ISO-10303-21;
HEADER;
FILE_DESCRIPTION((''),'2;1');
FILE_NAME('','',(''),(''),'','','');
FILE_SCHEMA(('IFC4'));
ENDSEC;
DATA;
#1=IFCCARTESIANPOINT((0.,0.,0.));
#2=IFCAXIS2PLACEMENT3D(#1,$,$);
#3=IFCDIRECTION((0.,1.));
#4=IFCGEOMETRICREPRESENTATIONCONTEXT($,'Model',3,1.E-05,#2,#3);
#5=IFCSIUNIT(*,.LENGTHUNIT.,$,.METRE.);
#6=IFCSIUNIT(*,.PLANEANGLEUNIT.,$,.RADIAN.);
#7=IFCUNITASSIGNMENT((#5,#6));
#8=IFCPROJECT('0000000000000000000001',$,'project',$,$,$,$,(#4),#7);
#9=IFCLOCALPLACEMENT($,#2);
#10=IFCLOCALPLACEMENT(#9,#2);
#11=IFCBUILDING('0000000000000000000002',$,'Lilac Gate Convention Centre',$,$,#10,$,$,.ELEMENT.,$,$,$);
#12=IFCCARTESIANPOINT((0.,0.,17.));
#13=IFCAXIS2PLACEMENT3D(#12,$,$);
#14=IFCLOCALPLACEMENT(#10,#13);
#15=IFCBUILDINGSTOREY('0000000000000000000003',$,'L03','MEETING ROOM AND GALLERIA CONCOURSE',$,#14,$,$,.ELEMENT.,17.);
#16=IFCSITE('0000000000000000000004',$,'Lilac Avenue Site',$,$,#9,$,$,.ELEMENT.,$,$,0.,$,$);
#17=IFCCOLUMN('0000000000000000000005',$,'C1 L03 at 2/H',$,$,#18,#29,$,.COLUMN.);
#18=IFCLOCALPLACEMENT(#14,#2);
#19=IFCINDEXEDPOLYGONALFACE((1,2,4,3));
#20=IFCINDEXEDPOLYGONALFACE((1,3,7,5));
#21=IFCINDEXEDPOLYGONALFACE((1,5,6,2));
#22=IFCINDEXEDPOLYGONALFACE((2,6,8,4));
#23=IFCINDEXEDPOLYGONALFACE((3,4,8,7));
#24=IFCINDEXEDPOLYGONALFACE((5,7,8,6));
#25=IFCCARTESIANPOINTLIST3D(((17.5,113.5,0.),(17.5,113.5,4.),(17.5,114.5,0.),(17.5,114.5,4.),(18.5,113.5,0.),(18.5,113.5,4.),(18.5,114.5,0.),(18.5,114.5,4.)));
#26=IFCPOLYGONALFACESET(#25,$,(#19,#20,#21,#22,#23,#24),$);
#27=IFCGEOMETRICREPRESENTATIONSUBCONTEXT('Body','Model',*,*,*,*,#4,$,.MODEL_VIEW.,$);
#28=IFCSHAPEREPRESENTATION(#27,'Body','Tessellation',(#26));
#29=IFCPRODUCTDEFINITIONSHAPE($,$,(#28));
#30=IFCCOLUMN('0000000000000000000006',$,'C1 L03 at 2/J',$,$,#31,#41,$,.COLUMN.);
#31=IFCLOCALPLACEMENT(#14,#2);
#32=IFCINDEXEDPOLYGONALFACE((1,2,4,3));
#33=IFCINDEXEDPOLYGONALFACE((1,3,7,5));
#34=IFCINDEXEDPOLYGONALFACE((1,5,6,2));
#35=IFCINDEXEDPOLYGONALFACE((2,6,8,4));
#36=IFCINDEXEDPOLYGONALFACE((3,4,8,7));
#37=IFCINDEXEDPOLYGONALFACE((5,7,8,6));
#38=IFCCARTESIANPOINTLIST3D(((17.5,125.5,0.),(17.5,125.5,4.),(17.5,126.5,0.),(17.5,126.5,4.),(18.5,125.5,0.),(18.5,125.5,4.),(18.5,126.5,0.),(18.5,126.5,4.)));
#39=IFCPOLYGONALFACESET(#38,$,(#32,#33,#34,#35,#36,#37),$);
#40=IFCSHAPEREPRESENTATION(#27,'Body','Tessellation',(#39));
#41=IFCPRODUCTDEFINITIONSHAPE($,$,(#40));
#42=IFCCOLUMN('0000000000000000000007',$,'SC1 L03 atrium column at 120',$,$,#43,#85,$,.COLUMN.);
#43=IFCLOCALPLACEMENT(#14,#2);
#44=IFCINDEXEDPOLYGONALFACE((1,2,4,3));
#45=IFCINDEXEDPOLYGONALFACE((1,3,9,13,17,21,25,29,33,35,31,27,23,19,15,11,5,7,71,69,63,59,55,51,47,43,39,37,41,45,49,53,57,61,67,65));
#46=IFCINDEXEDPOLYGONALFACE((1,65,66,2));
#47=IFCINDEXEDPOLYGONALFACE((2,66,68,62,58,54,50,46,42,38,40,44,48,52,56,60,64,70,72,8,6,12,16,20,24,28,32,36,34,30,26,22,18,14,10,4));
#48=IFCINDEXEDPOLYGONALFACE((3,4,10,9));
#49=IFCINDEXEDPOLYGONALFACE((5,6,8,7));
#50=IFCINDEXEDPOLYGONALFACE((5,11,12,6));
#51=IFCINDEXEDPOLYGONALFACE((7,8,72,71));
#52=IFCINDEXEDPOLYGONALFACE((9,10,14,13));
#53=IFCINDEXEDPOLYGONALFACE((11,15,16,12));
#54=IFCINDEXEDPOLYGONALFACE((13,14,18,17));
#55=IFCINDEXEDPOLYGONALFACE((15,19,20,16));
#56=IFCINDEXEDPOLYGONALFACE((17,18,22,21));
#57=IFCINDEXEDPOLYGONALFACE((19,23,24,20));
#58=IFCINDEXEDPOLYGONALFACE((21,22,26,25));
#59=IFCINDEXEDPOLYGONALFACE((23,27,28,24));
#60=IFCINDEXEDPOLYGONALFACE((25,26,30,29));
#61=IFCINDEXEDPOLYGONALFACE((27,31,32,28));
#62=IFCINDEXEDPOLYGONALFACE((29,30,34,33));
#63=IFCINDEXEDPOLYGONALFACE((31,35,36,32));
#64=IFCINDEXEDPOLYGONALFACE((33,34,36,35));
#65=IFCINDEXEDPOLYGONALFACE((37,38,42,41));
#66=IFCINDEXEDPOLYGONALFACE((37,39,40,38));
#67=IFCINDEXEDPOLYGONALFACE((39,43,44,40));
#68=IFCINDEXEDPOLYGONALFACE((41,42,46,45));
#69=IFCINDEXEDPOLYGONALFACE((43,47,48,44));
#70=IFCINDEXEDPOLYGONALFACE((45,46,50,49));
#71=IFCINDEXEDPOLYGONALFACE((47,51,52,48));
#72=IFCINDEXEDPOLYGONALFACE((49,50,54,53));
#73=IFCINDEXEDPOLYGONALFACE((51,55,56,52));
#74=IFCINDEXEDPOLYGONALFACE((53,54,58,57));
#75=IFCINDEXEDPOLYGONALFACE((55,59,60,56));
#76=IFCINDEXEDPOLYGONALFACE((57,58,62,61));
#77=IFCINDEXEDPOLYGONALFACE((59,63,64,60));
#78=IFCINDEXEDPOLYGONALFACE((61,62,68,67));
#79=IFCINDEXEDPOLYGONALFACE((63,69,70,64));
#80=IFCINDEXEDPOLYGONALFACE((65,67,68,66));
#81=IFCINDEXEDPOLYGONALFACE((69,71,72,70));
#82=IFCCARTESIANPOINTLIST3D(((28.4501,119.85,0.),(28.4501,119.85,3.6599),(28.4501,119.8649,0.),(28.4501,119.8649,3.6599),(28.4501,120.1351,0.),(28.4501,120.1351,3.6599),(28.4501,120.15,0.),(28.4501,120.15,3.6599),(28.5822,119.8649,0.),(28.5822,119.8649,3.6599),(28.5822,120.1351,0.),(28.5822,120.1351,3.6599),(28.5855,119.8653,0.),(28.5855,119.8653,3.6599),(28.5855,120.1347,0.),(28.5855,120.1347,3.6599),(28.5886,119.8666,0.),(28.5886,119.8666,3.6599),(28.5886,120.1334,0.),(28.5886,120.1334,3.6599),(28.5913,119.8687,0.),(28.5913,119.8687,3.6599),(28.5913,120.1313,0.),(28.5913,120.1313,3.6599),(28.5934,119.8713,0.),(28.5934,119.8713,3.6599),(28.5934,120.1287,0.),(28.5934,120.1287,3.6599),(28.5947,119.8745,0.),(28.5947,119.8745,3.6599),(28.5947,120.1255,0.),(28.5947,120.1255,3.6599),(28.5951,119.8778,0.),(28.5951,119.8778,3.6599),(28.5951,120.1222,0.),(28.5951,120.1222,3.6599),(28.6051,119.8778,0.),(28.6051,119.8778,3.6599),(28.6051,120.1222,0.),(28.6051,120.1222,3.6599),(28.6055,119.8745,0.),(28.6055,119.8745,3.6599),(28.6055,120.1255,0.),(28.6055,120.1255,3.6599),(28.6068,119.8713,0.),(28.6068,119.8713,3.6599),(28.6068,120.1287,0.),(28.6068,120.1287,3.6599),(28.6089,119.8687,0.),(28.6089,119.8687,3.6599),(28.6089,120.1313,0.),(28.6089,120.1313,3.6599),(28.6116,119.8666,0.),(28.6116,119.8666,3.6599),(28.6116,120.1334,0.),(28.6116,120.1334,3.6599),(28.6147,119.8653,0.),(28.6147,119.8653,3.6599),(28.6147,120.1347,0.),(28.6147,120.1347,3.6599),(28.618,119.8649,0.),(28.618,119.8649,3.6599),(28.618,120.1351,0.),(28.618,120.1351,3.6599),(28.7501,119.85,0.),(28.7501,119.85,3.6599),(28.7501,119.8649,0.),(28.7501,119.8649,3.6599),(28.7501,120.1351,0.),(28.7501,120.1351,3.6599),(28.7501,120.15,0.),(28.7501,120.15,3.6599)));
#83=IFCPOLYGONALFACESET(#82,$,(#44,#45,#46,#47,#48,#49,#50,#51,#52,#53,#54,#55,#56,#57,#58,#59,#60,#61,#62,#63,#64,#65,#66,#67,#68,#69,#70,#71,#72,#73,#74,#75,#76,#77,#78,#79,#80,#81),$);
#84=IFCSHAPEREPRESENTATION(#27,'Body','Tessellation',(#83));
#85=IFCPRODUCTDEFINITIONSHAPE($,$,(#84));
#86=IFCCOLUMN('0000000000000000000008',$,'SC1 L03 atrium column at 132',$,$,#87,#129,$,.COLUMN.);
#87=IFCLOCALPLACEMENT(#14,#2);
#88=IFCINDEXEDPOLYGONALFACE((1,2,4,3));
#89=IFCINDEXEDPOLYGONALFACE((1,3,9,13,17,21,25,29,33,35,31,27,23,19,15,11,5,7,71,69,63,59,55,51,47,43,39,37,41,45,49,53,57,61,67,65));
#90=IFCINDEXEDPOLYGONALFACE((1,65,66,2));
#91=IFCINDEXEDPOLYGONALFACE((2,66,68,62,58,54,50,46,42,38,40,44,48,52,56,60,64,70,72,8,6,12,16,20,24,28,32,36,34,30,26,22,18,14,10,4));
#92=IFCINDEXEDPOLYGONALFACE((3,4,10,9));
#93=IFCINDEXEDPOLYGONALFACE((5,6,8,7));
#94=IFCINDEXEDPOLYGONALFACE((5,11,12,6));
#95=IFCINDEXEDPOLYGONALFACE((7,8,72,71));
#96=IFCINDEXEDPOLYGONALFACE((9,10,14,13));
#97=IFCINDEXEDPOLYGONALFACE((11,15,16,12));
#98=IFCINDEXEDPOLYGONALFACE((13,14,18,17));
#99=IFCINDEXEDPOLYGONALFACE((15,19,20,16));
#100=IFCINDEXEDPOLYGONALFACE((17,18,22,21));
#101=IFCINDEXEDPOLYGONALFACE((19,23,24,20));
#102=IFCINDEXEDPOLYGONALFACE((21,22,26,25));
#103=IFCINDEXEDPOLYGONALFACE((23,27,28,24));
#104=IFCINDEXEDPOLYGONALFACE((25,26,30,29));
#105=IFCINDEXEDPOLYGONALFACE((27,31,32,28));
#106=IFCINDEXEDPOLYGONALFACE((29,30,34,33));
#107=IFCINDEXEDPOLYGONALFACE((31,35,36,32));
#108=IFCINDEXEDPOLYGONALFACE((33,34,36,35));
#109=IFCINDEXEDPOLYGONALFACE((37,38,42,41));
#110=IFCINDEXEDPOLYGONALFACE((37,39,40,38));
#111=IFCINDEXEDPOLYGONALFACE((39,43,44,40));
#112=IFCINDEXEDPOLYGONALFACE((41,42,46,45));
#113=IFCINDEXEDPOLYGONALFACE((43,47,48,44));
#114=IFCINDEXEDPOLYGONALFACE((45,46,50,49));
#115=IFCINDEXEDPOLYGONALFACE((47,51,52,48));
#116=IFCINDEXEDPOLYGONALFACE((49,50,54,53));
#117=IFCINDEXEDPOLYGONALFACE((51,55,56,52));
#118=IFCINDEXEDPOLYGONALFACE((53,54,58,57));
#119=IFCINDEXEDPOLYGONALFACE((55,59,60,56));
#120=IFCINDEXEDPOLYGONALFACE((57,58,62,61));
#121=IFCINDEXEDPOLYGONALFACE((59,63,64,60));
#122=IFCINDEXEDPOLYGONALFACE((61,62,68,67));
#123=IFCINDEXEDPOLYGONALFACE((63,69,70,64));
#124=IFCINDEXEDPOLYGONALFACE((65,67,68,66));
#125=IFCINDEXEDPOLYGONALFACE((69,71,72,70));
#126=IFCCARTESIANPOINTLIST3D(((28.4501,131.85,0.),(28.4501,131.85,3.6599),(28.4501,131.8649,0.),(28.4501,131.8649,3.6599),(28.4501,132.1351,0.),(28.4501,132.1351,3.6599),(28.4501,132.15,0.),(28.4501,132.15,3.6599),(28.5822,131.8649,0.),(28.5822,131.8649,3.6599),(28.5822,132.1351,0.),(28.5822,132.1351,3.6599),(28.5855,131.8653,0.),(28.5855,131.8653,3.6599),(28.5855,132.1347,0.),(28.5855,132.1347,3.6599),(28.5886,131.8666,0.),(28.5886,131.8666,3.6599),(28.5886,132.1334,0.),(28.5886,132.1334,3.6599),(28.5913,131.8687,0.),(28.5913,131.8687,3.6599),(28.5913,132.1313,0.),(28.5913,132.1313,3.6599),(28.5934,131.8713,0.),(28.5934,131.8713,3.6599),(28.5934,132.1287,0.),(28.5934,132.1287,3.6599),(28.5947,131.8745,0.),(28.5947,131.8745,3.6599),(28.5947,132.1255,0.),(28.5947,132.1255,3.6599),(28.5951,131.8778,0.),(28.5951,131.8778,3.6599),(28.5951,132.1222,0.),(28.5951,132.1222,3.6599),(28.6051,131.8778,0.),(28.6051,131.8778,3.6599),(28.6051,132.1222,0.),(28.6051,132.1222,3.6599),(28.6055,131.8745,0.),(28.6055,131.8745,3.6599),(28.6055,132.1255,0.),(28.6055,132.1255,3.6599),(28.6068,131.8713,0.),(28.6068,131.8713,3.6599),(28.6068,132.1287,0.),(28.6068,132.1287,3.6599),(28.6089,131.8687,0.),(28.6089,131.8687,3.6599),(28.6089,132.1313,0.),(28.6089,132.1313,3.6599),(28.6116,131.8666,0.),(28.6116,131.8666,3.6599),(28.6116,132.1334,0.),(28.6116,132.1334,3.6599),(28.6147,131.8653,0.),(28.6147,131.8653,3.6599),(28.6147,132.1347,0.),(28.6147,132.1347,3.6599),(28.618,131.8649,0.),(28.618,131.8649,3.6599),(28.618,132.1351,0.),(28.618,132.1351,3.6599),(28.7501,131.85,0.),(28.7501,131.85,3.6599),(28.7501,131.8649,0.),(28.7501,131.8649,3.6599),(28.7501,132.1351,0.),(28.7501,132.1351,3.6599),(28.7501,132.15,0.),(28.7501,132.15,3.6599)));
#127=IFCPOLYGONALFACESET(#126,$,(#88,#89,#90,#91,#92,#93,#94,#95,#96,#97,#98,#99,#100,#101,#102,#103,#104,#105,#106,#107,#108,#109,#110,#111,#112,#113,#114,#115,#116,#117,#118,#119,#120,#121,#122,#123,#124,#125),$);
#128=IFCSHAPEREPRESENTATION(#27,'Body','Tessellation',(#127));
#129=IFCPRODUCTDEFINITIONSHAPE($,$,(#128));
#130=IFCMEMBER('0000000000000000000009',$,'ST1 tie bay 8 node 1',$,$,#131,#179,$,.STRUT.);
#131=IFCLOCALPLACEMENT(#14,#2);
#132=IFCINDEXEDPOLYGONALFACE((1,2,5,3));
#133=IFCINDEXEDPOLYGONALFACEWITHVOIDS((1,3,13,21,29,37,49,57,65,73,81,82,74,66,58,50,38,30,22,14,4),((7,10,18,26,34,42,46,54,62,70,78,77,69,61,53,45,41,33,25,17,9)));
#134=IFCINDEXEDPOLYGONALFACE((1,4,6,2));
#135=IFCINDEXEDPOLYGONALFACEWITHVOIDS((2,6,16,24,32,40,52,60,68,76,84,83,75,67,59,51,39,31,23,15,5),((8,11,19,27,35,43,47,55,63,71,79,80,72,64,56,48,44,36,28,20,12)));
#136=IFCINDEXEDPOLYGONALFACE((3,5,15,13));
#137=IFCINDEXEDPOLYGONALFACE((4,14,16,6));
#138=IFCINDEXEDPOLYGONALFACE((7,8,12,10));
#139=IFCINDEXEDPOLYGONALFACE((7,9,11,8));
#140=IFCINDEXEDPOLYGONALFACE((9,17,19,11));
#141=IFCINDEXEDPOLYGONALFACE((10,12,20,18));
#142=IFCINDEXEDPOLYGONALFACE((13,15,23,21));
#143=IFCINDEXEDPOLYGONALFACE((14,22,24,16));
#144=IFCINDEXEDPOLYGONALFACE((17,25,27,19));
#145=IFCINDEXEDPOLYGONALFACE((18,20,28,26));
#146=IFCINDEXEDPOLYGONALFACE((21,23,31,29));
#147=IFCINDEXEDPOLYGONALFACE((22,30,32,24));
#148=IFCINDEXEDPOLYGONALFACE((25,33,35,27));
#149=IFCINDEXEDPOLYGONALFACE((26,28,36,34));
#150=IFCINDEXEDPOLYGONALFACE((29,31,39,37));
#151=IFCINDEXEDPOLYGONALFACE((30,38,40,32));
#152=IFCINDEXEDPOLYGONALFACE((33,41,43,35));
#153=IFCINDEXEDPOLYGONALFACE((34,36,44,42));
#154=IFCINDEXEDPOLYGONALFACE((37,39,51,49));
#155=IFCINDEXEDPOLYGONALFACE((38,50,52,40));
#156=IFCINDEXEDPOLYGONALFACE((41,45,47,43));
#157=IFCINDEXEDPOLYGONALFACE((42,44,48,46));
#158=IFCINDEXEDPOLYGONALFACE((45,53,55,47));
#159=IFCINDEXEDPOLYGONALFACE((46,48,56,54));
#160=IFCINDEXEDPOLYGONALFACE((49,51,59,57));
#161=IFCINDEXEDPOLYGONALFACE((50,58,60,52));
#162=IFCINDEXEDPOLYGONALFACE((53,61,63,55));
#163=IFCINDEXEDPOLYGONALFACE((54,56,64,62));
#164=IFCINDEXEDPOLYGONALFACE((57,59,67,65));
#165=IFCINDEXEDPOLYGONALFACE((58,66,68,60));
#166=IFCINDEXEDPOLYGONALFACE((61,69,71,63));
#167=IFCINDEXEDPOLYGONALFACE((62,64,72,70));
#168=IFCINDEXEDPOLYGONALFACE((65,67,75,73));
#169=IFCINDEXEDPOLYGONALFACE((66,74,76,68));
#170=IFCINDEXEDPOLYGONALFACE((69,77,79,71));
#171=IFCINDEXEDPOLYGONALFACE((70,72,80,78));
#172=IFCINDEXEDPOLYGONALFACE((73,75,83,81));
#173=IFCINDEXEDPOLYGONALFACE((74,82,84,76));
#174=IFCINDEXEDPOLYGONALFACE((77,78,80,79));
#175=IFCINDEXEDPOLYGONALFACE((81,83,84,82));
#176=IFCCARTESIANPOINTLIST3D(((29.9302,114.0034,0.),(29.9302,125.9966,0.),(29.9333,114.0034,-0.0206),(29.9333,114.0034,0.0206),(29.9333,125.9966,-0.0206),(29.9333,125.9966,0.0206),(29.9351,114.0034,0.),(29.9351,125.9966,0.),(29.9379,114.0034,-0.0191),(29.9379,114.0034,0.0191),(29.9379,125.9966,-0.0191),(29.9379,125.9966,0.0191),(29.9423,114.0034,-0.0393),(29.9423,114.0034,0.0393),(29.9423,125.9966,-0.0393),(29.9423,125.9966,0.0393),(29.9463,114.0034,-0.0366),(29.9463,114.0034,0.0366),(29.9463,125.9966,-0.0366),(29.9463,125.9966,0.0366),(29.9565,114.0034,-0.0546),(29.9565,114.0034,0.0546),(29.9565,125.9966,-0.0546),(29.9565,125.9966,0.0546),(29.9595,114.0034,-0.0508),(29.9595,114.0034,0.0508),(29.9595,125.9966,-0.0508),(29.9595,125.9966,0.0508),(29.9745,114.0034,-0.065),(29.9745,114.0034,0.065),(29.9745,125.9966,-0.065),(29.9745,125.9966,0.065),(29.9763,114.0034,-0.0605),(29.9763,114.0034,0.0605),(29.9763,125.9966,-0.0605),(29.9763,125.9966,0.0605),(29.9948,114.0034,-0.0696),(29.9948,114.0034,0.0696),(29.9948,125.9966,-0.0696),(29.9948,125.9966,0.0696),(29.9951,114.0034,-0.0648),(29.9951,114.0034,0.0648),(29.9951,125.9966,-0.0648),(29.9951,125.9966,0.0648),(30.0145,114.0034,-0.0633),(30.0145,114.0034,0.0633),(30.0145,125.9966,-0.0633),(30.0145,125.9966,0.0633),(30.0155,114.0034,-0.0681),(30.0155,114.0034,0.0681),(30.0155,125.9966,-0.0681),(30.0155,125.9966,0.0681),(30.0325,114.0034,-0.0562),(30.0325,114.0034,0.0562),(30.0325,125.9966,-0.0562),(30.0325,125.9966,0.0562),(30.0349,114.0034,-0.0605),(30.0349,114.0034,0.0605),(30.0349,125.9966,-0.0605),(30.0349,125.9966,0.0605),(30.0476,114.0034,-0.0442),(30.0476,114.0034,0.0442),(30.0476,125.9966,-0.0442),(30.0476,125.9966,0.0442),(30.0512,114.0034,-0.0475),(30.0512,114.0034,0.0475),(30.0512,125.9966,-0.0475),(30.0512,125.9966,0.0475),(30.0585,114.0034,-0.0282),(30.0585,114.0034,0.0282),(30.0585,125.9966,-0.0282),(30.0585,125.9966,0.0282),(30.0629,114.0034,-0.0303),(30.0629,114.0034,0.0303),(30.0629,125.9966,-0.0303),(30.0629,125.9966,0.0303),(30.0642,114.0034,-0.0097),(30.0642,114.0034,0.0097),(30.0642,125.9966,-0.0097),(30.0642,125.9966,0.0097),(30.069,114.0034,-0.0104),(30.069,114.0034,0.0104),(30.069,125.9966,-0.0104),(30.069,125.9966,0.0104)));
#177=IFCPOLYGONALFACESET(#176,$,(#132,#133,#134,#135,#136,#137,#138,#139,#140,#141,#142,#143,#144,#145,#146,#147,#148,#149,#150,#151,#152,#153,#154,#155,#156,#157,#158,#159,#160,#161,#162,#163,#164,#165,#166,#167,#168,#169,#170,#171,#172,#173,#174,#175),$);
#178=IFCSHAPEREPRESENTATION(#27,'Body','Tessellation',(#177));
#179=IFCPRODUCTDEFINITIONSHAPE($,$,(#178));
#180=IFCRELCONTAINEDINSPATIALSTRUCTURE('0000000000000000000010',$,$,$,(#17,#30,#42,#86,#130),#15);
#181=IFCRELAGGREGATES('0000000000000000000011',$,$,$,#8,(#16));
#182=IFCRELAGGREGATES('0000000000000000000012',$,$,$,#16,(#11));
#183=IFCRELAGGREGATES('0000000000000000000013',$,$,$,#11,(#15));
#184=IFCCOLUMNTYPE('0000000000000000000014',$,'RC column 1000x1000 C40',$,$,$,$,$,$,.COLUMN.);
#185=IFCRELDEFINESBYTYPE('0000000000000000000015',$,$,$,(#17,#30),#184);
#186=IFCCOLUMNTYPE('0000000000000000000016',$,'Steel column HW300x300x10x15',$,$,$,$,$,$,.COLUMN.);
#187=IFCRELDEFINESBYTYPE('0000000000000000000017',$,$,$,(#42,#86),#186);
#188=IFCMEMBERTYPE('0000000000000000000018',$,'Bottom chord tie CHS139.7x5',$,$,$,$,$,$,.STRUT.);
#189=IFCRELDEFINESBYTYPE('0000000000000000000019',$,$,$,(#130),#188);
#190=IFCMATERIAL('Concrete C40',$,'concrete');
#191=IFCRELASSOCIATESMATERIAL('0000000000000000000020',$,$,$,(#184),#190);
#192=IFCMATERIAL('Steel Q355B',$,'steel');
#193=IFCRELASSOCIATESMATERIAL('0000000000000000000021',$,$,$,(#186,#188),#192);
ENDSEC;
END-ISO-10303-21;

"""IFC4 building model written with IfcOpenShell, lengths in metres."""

from ifc_helpers import new_model, si_unit, direction, frame, origin, origin_2d, place, context, subcontext, project, spatial, rectangle, hollow_circle, i_section, extrude, material, material_profile, profile_set, type_object, element, save


model = new_model("IFC4")

# Units and contexts
model_context = context("Model", 3, precision=1e-05, world=origin(), true_north=direction((0.0, 1.0)))
body_context = subcontext(model_context, "Body", "Model", "MODEL_VIEW")
ifc_project = project(units=[si_unit("LENGTHUNIT", "METRE"), si_unit("PLANEANGLEUNIT", "RADIAN")], contexts=[model_context])

# Site, building, storey
site_placement = place(None, origin())
site = spatial("IfcSite", under=ifc_project, at=site_placement, Name="Lilac Avenue Site", CompositionType="ELEMENT", RefElevation=0.0)
building_placement = place(site_placement, origin())
building = spatial("IfcBuilding", under=site, at=building_placement, Name="Lilac Gate Convention Centre", CompositionType="ELEMENT")
storey_placement = place(building_placement, frame((0.0, 0.0, 17.0)))
storey = spatial("IfcBuildingStorey", under=building, at=storey_placement, Name="L03", Description="MEETING ROOM AND GALLERIA CONCOURSE", CompositionType="ELEMENT", Elevation=17.0)

# Columns
ifc_material_1 = material(Name="Concrete C40", Category="concrete")
ifc_material_profile_1 = material_profile(ifc_material_1, rectangle(XDim=1.0, YDim=1.0, at=origin_2d()), Name="RC 1000x1000")
ifc_profile_set_1 = profile_set([ifc_material_profile_1], Name="Concrete C40")
column_type_1 = type_object("IfcColumnType", Name="RC column 1000x1000 C40", PredefinedType="COLUMN", material=ifc_profile_set_1)
for number, where, z_axis, x_axis, name in (
    (1, (18.0, 114.0, 0.0), (0.0, 0.0, 1.0), (1.0, 0.0, 0.0), "C1 L03 at 2/H"),
    (2, (18.0, 126.0, 0.0), (0.0, 0.0, 1.0), (1.0, 0.0, 0.0), "C1 L03 at 2/J"),
):
    element("IfcColumn", number, at=place(storey_placement, frame(where, z_axis=z_axis, x_axis=x_axis)), inside=storey, type_object=column_type_1, Name=name, PredefinedType="COLUMN", context=body_context, shape_type="SweptSolid", body=[
        extrude(rectangle(XDim=1.0, YDim=1.0, at=origin_2d()), origin(), (0.0, 0.0, 1.0), 4.0),
    ])
ifc_material_2 = material(Name="Steel Q355B", Category="steel")
ifc_material_profile_2 = material_profile(ifc_material_2, i_section(OverallWidth=0.3, OverallDepth=0.3, WebThickness=0.01, FlangeThickness=0.0149, FilletRadius=0.0129, at=origin_2d()), Name="HW300x300x10x15")
ifc_profile_set_2 = profile_set([ifc_material_profile_2], Name="Steel Q355B")
column_type_2 = type_object("IfcColumnType", Name="Steel column HW300x300x10x15", PredefinedType="COLUMN", material=ifc_profile_set_2)
for number, where, z_axis, x_axis, name in (
    (3, (28.6001, 120.0, 0.0), (0.0, 0.0, 1.0), (1.0, 0.0, 0.0), "SC1 L03 atrium column at 120"),
    (4, (28.6001, 132.0, 0.0), (0.0, 0.0, 1.0), (1.0, 0.0, 0.0), "SC1 L03 atrium column at 132"),
):
    element("IfcColumn", number, at=place(storey_placement, frame(where, z_axis=z_axis, x_axis=x_axis)), inside=storey, type_object=column_type_2, Name=name, PredefinedType="COLUMN", context=body_context, shape_type="SweptSolid", body=[
        extrude(i_section(OverallWidth=0.3, OverallDepth=0.3, WebThickness=0.01, FlangeThickness=0.0149, FilletRadius=0.0129, at=origin_2d()), origin(), (0.0, 0.0, 1.0), 3.6599),
    ])

# Member
ifc_material_profile_3 = material_profile(ifc_material_2, hollow_circle(Radius=0.0698, WallThickness=0.0049, at=origin_2d()), Name="CHS139.7x5")
ifc_profile_set_3 = profile_set([ifc_material_profile_3], Name="Steel Q355B")
member_type_1 = type_object("IfcMemberType", Name="Bottom chord tie CHS139.7x5", PredefinedType="STRUT", material=ifc_profile_set_3)
member_1_placement = place(storey_placement, frame((30.0, 114.0034, 0.0), z_axis=(0.0, 1.0, 0.0), x_axis=(-1.0, 0.0, 0.0)))
element("IfcMember", 5, at=member_1_placement, inside=storey, type_object=member_type_1, Name="ST1 tie bay 8 node 1", PredefinedType="STRUT", context=body_context, shape_type="SweptSolid", body=[
    extrude(hollow_circle(Radius=0.0698, WallThickness=0.0049, at=origin_2d()), origin(), (0.0, 0.0, 1.0), 11.9932),
])

save(model, "model.ifc")
